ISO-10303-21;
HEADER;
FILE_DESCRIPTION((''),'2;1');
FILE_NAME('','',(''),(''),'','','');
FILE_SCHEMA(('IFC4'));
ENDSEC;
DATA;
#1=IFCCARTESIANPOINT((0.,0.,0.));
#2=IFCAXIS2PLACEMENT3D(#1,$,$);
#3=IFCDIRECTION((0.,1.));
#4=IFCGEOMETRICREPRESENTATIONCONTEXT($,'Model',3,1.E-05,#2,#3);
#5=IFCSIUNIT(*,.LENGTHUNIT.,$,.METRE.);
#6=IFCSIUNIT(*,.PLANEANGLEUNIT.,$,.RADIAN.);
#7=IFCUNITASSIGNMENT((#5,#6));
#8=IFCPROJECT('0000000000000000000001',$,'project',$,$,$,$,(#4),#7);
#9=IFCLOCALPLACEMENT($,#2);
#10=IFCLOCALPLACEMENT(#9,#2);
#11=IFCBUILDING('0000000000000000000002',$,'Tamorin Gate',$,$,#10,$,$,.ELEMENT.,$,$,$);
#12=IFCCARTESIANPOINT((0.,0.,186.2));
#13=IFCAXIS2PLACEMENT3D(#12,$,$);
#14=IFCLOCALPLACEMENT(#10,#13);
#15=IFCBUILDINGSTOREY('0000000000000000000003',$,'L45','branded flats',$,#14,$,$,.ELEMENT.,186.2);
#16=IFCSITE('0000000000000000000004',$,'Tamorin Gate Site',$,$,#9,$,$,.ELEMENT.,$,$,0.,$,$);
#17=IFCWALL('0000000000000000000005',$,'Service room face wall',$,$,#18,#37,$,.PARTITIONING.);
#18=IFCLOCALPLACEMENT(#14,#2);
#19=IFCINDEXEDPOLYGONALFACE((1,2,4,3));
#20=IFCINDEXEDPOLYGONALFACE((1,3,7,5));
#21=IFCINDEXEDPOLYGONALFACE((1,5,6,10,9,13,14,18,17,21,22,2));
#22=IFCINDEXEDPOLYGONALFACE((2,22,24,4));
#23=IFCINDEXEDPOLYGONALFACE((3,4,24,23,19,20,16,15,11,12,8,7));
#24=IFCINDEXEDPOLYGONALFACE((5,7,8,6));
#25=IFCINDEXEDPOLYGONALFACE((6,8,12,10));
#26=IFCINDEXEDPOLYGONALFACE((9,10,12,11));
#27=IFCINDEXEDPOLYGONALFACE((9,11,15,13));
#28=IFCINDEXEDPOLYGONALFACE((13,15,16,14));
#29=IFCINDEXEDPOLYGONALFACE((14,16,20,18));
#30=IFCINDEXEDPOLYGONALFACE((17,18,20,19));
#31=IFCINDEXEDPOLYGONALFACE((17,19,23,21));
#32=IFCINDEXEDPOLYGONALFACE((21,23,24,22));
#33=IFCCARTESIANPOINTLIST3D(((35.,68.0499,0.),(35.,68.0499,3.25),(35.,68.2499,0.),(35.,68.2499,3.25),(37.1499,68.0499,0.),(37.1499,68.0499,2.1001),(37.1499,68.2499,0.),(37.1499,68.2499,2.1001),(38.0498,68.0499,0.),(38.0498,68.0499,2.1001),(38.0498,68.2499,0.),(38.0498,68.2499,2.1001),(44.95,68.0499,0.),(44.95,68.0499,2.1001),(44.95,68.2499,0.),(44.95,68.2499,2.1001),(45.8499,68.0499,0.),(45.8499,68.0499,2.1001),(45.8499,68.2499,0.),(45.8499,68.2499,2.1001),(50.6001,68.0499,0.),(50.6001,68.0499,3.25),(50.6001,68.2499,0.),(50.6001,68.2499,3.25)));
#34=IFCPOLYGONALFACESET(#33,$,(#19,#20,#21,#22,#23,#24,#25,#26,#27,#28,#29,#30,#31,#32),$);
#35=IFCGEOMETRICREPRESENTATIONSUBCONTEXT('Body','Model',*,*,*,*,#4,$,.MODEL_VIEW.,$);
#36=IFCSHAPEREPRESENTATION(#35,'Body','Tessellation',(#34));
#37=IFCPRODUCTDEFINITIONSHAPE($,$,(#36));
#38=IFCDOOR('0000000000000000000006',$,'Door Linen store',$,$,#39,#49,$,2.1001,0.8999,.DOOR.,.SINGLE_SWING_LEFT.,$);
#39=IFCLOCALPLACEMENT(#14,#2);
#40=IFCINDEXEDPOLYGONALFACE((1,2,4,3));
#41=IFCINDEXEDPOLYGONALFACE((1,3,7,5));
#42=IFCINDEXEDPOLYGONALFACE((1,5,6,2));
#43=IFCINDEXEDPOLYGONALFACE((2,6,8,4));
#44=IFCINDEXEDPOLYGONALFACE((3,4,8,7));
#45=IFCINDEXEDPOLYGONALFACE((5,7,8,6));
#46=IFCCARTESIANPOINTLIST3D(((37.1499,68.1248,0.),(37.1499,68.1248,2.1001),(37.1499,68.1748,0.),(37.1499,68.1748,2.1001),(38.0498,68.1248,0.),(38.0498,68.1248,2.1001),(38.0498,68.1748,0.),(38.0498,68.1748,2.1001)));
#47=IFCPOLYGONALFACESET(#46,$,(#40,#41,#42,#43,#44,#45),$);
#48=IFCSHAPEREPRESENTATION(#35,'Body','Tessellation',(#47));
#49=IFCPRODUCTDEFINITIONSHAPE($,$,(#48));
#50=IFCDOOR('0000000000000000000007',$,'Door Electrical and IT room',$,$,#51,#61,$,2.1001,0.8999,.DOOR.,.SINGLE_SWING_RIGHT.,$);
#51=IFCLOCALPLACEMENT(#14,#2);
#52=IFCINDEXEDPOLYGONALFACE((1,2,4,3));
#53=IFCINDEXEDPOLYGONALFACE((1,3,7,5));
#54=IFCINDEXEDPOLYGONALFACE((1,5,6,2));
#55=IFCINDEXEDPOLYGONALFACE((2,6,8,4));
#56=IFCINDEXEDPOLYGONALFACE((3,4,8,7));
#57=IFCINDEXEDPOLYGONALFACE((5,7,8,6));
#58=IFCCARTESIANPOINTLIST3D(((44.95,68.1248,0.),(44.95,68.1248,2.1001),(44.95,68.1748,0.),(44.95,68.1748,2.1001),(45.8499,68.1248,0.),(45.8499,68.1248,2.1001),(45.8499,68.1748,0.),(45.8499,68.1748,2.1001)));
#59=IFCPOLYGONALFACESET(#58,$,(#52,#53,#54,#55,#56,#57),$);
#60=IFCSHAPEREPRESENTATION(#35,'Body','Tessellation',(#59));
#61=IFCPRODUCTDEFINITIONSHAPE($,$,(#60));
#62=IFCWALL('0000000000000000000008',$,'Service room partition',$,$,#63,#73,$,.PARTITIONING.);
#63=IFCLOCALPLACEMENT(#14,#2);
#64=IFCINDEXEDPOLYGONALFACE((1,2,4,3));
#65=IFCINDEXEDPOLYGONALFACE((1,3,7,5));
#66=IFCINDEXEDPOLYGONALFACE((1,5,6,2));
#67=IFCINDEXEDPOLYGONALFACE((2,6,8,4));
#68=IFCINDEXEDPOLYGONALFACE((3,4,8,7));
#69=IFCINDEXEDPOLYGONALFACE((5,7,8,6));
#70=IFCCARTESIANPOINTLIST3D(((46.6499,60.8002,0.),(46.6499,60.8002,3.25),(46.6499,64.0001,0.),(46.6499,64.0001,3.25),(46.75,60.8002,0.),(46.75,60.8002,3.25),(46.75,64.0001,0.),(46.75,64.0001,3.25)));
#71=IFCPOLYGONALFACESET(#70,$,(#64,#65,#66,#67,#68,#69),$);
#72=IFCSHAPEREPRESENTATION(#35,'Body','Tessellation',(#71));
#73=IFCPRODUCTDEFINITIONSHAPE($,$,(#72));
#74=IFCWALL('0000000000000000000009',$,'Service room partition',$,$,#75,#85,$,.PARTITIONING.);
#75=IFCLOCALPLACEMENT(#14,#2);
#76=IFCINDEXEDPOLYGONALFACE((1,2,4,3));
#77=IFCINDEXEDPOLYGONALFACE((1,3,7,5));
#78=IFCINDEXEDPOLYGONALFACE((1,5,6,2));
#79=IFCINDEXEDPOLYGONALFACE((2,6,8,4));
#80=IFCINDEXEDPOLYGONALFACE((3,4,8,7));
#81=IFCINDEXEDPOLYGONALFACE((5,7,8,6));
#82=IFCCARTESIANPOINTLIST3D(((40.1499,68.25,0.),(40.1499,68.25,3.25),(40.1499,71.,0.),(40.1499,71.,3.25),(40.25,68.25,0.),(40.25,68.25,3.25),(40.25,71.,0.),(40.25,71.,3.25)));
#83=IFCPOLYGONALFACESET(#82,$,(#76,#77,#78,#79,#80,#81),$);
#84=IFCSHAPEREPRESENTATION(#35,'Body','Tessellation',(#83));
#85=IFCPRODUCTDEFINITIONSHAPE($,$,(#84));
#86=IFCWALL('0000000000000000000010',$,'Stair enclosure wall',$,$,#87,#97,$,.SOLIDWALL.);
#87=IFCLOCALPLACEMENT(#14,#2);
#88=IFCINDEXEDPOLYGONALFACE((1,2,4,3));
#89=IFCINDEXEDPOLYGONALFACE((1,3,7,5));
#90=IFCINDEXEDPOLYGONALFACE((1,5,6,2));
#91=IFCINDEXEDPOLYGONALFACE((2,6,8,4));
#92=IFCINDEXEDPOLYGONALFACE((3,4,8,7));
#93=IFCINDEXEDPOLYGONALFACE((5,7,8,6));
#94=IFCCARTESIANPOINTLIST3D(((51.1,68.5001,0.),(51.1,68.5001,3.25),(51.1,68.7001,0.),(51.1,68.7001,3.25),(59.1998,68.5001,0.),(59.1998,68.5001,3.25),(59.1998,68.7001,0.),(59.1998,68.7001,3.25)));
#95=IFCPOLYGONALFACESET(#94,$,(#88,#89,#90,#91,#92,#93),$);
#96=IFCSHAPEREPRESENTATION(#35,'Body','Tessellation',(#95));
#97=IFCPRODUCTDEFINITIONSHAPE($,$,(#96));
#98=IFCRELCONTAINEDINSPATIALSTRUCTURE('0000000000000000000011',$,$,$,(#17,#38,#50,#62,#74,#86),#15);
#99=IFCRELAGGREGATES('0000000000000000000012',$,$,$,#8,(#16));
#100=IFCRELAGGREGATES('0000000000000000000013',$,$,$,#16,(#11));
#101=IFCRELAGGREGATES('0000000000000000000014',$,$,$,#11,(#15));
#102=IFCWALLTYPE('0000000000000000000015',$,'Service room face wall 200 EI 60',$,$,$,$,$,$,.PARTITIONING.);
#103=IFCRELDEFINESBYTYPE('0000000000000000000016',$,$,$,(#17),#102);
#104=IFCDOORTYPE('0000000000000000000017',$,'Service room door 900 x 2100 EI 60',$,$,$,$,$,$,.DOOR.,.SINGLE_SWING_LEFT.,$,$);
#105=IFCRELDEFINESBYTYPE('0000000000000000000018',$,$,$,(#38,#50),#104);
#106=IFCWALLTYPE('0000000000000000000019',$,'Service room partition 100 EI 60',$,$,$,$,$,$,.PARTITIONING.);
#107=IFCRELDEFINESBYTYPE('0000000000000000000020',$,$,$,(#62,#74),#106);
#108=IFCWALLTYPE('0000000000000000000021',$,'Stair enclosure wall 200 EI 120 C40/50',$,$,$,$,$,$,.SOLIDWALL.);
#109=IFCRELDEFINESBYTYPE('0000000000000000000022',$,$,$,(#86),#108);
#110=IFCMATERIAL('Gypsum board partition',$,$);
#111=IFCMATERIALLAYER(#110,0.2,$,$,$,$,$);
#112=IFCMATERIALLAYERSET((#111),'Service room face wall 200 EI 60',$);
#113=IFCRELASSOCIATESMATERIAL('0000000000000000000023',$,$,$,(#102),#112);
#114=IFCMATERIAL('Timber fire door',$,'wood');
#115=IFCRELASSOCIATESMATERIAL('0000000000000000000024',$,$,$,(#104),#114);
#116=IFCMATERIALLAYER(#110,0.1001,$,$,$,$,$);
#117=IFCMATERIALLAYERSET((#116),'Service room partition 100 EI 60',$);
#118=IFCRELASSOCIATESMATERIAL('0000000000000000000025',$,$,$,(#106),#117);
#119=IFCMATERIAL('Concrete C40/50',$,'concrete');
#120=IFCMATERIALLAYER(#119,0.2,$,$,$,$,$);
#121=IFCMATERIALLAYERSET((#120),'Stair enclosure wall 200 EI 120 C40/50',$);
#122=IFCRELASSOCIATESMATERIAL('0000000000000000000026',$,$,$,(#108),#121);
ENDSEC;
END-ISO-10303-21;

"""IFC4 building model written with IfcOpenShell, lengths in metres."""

from ifc_helpers import new_model, si_unit, direction, frame, frame_2d, origin, place, context, subcontext, project, spatial, rectangle, extrude, material, layer, layer_set, type_object, element, fill, save


model = new_model("IFC4")

# Units and contexts
model_context = context("Model", 3, precision=1e-05, world=origin(), true_north=direction((0.0, 1.0)))
body_context = subcontext(model_context, "Body", "Model", "MODEL_VIEW")
ifc_project = project(units=[si_unit("LENGTHUNIT", "METRE"), si_unit("PLANEANGLEUNIT", "RADIAN")], contexts=[model_context])

# Site, building, storey
site_placement = place(None, origin())
site = spatial("IfcSite", under=ifc_project, at=site_placement, Name="Tamorin Gate Site", CompositionType="ELEMENT", RefElevation=0.0)
building_placement = place(site_placement, origin())
building = spatial("IfcBuilding", under=site, at=building_placement, Name="Tamorin Gate", CompositionType="ELEMENT")
storey_placement = place(building_placement, frame((0.0, 0.0, 186.2)))
storey = spatial("IfcBuildingStorey", under=building, at=storey_placement, Name="L45", Description="branded flats", CompositionType="ELEMENT", Elevation=186.2)

# Wall, openings, doors
ifc_material_1 = material(Name="Gypsum board partition")
ifc_layer_1 = layer(ifc_material_1, 0.2)
ifc_layer_set_1 = layer_set([ifc_layer_1], Name="Service room face wall 200 EI 60")
wall_type_1 = type_object("IfcWallType", Name="Service room face wall 200 EI 60", PredefinedType="PARTITIONING", material=ifc_layer_set_1)
ifc_material_2 = material(Name="Timber fire door", Category="wood")
door_type = type_object("IfcDoorType", Name="Service room door 900 x 2100 EI 60", OperationType="SINGLE_SWING_LEFT", PredefinedType="DOOR", material=ifc_material_2)
wall_1_placement = place(storey_placement, frame((35.0, 68.1499, 0.0), z_axis=(0.0, 0.0, 1.0), x_axis=(1.0, 0.0, 0.0)))
wall_1 = element("IfcWall", 1, at=wall_1_placement, inside=storey, type_object=wall_type_1, Name="Service room face wall", PredefinedType="PARTITIONING", context=body_context, shape_type="SweptSolid", body=[
    extrude(rectangle(XDim=15.6001, YDim=0.2, at=frame_2d((7.8, 0.0))), origin(), (0.0, 0.0, 1.0), 3.25),
])
opening_1_placement = place(wall_1_placement, frame((2.1499, 0.0, 0.0)))
opening_1 = element("IfcOpeningElement", 2, at=opening_1_placement, cuts=wall_1, PredefinedType="OPENING", context=body_context, shape_type="SweptSolid", body=[
    extrude(rectangle(XDim=0.8999, YDim=2.1001, at=frame_2d((0.45, 1.05))), frame((0.0, 0.1099, 0.0), z_axis=(0.0, -1.0, 0.0), x_axis=(1.0, 0.0, 0.0)), (0.0, 0.0, 1.0), 0.22),
])
opening_2_placement = place(wall_1_placement, frame((9.95, 0.0, 0.0)))
opening_2 = element("IfcOpeningElement", 3, at=opening_2_placement, cuts=wall_1, PredefinedType="OPENING", context=body_context, shape_type="SweptSolid", body=[
    extrude(rectangle(XDim=0.8999, YDim=2.1001, at=frame_2d((0.45, 1.05))), frame((0.0, 0.1099, 0.0), z_axis=(0.0, -1.0, 0.0), x_axis=(1.0, 0.0, 0.0)), (0.0, 0.0, 1.0), 0.22),
])
door_1_placement = place(opening_1_placement, origin())
door_1 = element("IfcDoor", 4, at=door_1_placement, inside=storey, type_object=door_type, Name="Door Linen store", OperationType="SINGLE_SWING_LEFT", OverallHeight=2.1001, OverallWidth=0.8999, PredefinedType="DOOR", context=body_context, shape_type="SweptSolid", body=[
    extrude(rectangle(XDim=0.8999, YDim=2.1001, at=frame_2d((0.45, 1.05))), frame((0.0, 0.0249, 0.0), z_axis=(0.0, -1.0, 0.0), x_axis=(1.0, 0.0, 0.0)), (0.0, 0.0, 1.0), 0.05),
])
fill(opening_1, door_1)
door_2_placement = place(opening_2_placement, origin())
door_2 = element("IfcDoor", 5, at=door_2_placement, inside=storey, type_object=door_type, Name="Door Electrical and IT room", OperationType="SINGLE_SWING_RIGHT", OverallHeight=2.1001, OverallWidth=0.8999, PredefinedType="DOOR", context=body_context, shape_type="SweptSolid", body=[
    extrude(rectangle(XDim=0.8999, YDim=2.1001, at=frame_2d((0.45, 1.05))), frame((0.0, 0.0249, 0.0), z_axis=(0.0, -1.0, 0.0), x_axis=(1.0, 0.0, 0.0)), (0.0, 0.0, 1.0), 0.05),
])
fill(opening_2, door_2)

# Walls
ifc_layer_2 = layer(ifc_material_1, 0.1001)
ifc_layer_set_2 = layer_set([ifc_layer_2], Name="Service room partition 100 EI 60")
wall_type_2 = type_object("IfcWallType", Name="Service room partition 100 EI 60", PredefinedType="PARTITIONING", material=ifc_layer_set_2)
wall_2_placement = place(storey_placement, frame((46.7, 60.8, 0.0), z_axis=(0.0, 0.0, 1.0), x_axis=(0.0, 1.0, 0.0)))
element("IfcWall", 6, at=wall_2_placement, inside=storey, type_object=wall_type_2, Name="Service room partition", PredefinedType="PARTITIONING", context=body_context, shape_type="SweptSolid", body=[
    extrude(rectangle(XDim=3.2, YDim=0.1001, at=frame_2d((1.6001, 0.0))), origin(), (0.0, 0.0, 1.0), 3.25),
])
wall_3_placement = place(storey_placement, frame((40.2, 68.25, 0.0), z_axis=(0.0, 0.0, 1.0), x_axis=(0.0, 1.0, 0.0)))
element("IfcWall", 7, at=wall_3_placement, inside=storey, type_object=wall_type_2, Name="Service room partition", PredefinedType="PARTITIONING", context=body_context, shape_type="SweptSolid", body=[
    extrude(rectangle(XDim=2.75, YDim=0.1001, at=frame_2d((1.375, 0.0))), origin(), (0.0, 0.0, 1.0), 3.25),
])
ifc_material_3 = material(Name="Concrete C40/50", Category="concrete")
ifc_layer_3 = layer(ifc_material_3, 0.2)
ifc_layer_set_3 = layer_set([ifc_layer_3], Name="Stair enclosure wall 200 EI 120 C40/50")
wall_type_3 = type_object("IfcWallType", Name="Stair enclosure wall 200 EI 120 C40/50", PredefinedType="SOLIDWALL", material=ifc_layer_set_3)
wall_4_placement = place(storey_placement, frame((51.1001, 68.6001, 0.0), z_axis=(0.0, 0.0, 1.0), x_axis=(1.0, 0.0, 0.0)))
element("IfcWall", 8, at=wall_4_placement, inside=storey, type_object=wall_type_3, Name="Stair enclosure wall", PredefinedType="SOLIDWALL", context=body_context, shape_type="SweptSolid", body=[
    extrude(rectangle(XDim=8.0999, YDim=0.2, at=frame_2d((4.0498, 0.0))), origin(), (0.0, 0.0, 1.0), 3.25),
])

save(model, "model.ifc")
